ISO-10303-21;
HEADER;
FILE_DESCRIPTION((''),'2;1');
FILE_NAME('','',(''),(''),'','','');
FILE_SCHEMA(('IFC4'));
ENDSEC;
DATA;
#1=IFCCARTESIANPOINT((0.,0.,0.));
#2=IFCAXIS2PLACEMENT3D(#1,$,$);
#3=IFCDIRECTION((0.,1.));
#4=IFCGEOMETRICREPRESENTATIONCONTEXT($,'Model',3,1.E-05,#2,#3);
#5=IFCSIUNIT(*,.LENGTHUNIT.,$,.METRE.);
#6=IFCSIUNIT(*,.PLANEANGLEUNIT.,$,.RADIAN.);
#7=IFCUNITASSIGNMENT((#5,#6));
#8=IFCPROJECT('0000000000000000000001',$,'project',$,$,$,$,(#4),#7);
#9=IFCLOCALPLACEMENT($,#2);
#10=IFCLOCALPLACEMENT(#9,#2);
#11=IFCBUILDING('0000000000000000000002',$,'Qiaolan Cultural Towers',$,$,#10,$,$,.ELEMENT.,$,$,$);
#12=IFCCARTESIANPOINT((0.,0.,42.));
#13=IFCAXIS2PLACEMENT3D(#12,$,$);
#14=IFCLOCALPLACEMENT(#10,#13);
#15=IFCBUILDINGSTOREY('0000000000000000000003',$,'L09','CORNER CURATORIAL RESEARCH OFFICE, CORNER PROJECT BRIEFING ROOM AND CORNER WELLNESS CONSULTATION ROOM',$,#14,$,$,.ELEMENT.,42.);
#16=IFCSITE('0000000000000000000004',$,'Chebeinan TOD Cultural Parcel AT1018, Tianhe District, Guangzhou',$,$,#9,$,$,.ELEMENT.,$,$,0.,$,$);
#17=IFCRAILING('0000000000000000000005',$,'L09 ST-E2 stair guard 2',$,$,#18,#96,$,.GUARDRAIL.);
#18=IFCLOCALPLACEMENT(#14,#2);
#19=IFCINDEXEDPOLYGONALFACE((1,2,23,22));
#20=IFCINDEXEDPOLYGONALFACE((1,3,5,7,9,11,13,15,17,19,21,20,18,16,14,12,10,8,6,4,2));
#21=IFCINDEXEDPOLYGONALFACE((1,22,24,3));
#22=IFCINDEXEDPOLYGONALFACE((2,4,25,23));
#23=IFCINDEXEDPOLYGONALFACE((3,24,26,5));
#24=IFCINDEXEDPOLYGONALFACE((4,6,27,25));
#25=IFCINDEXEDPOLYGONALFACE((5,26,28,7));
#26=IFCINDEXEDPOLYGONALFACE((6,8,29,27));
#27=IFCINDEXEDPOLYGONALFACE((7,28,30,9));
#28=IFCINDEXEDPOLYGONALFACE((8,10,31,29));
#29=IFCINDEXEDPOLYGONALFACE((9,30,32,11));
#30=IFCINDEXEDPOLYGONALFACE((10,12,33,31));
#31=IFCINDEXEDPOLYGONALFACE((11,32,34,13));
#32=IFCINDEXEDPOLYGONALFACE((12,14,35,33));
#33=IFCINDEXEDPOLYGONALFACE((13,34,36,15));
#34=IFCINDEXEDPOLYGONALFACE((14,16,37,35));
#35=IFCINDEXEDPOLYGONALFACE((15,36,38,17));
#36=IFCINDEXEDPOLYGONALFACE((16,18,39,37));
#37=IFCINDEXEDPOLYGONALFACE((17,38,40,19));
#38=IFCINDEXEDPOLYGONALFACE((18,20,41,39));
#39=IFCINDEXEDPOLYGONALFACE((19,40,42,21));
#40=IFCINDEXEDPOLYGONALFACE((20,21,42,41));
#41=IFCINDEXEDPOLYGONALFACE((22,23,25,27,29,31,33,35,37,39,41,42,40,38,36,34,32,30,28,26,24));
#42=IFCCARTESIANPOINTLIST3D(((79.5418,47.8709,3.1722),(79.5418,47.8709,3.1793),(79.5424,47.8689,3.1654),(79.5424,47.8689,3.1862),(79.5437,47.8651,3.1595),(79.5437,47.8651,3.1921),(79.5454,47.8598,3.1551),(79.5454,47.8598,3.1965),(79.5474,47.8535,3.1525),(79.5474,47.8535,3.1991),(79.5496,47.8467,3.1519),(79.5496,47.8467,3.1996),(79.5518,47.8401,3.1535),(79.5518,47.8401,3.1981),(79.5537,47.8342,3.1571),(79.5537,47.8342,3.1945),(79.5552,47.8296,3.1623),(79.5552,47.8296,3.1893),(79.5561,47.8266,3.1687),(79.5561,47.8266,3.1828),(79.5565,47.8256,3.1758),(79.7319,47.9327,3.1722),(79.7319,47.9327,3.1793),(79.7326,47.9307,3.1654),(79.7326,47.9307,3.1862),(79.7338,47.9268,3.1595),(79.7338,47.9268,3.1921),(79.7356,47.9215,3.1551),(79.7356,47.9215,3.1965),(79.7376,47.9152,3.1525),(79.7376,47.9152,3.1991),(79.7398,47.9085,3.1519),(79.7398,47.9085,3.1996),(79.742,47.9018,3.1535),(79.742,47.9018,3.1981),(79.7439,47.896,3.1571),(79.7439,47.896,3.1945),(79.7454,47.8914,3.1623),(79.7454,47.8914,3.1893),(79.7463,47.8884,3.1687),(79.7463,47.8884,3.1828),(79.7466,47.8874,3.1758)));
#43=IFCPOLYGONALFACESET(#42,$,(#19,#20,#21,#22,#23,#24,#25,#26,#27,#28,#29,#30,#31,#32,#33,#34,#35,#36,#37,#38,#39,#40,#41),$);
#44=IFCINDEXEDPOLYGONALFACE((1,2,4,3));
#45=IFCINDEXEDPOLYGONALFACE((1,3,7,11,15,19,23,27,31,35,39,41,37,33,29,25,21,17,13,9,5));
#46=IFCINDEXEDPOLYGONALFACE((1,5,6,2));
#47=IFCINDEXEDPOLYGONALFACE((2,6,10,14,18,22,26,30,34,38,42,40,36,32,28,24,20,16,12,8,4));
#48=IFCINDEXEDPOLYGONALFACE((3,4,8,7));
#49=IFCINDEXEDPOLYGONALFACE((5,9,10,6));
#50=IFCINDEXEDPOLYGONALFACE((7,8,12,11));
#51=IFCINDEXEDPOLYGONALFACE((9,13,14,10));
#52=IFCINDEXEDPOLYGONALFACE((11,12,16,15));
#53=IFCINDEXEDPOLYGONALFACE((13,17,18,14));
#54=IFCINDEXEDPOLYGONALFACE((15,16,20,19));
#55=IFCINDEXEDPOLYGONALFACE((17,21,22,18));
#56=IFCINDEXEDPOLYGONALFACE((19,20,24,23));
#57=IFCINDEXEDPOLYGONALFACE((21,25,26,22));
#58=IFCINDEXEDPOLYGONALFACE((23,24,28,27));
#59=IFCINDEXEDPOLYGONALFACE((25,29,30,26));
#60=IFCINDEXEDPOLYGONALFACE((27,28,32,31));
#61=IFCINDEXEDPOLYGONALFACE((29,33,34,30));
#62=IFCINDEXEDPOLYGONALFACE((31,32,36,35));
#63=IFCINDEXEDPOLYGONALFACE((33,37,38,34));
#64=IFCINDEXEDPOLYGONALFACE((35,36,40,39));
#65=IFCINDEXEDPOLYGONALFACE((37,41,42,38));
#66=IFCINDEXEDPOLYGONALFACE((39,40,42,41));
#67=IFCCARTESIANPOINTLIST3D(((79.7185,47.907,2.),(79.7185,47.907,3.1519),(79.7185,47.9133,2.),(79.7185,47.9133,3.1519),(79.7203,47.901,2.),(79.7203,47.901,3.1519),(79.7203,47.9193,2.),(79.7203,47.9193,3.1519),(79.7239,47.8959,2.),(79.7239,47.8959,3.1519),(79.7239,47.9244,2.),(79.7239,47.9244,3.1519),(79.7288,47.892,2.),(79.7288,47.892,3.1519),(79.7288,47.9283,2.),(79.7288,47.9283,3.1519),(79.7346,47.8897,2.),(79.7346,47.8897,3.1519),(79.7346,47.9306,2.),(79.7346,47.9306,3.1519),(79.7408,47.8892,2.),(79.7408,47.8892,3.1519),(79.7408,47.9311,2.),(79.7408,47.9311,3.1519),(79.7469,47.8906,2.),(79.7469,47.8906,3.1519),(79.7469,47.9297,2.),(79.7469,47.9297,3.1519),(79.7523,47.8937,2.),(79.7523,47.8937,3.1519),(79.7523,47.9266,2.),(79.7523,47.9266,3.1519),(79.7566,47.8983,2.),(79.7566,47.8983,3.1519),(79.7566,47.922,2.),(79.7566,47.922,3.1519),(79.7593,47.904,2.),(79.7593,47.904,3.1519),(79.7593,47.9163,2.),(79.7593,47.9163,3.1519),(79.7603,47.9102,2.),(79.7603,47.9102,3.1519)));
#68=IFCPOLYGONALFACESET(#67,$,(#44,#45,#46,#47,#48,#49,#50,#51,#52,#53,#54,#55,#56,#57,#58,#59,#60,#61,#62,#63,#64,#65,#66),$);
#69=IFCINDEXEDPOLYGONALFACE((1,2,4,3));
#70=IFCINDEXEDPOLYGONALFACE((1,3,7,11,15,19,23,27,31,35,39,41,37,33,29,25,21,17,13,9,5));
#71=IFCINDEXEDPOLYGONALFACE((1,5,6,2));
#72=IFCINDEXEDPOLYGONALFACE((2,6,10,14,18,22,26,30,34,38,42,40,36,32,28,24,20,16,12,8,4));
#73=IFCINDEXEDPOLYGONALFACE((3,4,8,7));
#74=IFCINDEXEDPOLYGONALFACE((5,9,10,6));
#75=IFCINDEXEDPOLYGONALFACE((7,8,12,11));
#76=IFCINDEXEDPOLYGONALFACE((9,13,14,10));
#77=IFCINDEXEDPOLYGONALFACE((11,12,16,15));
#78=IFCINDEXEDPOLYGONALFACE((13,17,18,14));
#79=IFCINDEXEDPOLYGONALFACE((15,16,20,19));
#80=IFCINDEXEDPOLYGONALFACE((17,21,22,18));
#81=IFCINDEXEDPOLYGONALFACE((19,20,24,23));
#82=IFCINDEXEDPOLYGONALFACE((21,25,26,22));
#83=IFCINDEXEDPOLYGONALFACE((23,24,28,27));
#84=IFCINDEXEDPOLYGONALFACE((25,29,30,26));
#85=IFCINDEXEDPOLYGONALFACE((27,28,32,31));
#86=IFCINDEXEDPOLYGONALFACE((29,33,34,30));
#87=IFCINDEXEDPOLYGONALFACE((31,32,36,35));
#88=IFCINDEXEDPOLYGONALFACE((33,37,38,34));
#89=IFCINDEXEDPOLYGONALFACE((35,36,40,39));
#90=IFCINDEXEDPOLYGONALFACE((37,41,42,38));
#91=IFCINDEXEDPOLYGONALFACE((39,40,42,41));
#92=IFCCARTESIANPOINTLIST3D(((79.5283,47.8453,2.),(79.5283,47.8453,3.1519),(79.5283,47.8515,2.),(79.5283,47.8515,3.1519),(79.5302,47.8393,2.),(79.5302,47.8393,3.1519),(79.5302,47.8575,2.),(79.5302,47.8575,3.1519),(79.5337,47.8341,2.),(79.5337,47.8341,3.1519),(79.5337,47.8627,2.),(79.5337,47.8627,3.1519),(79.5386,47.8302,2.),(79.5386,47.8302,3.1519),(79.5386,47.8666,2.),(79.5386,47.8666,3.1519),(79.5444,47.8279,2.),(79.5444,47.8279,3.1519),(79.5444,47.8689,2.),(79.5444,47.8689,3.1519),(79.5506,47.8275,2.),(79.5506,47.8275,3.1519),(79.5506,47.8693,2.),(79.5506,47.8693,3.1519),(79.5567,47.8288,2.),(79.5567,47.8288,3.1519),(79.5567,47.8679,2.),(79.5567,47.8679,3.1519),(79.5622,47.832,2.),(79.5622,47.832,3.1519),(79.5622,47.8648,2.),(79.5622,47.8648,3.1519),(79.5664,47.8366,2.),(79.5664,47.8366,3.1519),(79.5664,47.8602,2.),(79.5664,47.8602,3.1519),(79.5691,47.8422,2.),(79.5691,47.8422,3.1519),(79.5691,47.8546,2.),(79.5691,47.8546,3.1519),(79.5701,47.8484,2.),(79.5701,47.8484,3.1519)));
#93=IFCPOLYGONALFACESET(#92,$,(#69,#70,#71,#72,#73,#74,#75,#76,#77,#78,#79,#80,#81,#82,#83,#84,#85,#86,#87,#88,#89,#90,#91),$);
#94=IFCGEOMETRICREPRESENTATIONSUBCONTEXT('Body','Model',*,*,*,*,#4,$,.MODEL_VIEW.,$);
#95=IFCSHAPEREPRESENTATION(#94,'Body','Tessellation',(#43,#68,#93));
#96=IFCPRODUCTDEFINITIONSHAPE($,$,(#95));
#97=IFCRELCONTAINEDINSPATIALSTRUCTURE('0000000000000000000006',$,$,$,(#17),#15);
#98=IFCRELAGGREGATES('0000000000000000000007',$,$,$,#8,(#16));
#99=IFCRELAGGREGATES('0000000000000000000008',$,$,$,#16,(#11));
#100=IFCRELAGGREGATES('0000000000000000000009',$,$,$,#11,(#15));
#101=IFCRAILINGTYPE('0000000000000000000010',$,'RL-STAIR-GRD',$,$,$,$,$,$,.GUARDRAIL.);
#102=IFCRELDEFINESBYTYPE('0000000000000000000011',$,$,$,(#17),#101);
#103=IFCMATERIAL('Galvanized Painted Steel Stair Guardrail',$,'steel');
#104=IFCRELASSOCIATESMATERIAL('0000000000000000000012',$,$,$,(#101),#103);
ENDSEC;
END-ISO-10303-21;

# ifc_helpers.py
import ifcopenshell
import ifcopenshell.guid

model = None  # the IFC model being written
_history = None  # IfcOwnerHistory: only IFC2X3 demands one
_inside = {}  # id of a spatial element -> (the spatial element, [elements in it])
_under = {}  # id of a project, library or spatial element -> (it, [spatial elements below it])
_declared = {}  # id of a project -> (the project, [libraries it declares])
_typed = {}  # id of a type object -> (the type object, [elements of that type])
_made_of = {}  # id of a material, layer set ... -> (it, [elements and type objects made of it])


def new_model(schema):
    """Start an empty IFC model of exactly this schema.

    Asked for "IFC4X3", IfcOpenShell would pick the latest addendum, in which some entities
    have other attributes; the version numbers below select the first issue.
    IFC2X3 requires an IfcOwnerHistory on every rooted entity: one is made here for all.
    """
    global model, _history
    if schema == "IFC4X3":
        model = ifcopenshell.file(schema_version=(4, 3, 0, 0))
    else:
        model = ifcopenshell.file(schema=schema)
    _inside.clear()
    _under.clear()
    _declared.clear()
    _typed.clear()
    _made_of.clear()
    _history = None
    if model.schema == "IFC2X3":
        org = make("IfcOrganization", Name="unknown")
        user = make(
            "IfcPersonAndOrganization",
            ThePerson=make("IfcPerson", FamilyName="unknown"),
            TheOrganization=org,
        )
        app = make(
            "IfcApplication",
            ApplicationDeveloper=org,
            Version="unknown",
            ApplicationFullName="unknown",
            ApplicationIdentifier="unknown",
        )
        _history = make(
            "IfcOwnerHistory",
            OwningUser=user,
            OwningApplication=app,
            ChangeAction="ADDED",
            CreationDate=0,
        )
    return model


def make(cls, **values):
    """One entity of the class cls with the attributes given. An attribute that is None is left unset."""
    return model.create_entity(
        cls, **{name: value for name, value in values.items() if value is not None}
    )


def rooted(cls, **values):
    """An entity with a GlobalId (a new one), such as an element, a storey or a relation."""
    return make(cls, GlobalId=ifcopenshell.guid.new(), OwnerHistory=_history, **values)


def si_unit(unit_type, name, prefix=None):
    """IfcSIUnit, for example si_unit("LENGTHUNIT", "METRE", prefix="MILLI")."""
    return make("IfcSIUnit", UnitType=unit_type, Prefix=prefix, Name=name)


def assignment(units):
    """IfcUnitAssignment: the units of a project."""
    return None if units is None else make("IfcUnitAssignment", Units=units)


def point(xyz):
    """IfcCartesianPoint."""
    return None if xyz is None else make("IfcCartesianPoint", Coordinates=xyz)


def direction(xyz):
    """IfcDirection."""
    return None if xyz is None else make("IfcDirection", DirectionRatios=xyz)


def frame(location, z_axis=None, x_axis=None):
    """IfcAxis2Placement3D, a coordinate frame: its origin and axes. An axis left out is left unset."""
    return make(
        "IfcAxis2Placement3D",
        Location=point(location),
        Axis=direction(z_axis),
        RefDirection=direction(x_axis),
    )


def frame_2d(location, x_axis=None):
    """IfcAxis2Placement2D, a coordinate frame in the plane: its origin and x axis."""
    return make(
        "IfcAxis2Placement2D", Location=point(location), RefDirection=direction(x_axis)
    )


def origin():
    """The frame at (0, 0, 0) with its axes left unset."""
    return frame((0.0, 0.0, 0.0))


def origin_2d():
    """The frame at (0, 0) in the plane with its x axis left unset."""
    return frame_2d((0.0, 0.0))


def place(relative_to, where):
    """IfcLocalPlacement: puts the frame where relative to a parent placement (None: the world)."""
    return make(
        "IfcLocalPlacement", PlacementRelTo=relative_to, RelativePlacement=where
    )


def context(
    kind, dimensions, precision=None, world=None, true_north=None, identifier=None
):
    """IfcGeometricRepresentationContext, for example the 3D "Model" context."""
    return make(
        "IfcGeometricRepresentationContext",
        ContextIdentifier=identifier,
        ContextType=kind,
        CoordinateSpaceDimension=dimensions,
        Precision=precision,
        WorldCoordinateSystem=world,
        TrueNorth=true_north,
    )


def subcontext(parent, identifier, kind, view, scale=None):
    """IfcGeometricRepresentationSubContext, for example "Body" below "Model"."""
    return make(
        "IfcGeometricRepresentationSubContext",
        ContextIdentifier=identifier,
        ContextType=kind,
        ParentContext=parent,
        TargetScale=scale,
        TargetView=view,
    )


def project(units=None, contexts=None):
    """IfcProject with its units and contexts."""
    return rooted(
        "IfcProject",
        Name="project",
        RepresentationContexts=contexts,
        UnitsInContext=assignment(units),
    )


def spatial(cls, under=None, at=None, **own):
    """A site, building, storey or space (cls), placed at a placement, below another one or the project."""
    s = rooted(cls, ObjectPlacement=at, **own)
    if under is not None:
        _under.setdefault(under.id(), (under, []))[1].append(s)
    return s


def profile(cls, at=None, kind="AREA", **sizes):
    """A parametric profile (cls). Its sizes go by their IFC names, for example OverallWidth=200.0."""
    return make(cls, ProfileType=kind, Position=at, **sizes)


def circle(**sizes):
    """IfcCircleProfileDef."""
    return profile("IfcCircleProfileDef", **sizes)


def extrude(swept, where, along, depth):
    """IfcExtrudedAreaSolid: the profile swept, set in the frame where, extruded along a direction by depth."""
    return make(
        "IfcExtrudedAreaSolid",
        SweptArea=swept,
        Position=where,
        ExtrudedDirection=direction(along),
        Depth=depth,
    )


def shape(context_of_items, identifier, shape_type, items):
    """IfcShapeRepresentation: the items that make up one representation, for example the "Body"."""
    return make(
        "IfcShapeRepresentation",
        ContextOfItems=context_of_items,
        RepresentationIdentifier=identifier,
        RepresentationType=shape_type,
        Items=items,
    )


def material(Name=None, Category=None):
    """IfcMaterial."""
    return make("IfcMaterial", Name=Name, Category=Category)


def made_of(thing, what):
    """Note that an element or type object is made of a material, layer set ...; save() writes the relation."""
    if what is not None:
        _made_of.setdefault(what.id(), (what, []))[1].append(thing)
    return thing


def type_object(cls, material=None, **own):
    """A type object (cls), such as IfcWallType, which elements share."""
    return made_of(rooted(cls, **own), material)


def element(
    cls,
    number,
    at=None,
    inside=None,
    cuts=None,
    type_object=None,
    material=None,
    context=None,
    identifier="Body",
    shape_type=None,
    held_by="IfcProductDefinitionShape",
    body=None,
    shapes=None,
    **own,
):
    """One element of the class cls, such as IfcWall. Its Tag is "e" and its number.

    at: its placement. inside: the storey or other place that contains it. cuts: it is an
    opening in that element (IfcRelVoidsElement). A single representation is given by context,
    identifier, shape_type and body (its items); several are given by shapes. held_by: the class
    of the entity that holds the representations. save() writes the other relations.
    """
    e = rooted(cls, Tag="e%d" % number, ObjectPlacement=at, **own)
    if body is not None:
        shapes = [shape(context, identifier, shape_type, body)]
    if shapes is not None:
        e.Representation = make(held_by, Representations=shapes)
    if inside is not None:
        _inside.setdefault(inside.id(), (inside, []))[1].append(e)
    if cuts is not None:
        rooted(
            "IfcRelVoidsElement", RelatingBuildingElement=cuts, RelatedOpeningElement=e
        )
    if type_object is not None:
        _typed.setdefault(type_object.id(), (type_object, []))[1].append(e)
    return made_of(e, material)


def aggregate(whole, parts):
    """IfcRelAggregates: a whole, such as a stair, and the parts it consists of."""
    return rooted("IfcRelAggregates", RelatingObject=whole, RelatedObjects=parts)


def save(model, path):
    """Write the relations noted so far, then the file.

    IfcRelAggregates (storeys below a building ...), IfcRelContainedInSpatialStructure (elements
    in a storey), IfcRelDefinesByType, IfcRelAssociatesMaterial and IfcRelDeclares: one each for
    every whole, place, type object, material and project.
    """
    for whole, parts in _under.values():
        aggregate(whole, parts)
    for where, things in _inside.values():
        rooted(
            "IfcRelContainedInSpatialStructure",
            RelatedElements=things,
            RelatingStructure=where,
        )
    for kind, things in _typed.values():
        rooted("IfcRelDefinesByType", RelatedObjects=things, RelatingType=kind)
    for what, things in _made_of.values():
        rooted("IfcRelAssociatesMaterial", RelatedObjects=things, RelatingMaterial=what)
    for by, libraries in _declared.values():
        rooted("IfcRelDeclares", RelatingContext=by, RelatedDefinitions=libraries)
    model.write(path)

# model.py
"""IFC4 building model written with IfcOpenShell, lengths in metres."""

from ifc_helpers import new_model, si_unit, direction, frame, origin, origin_2d, place, context, subcontext, project, spatial, circle, extrude, material, type_object, element, save


model = new_model("IFC4")

# Units and contexts
model_context = context("Model", 3, precision=1e-05, world=origin(), true_north=direction((0.0, 1.0)))
body_context = subcontext(model_context, "Body", "Model", "MODEL_VIEW")
ifc_project = project(units=[si_unit("LENGTHUNIT", "METRE"), si_unit("PLANEANGLEUNIT", "RADIAN")], contexts=[model_context])

# Site, building, storey
site_placement = place(None, origin())
site = spatial("IfcSite", under=ifc_project, at=site_placement, Name="Chebeinan TOD Cultural Parcel AT1018, Tianhe District, Guangzhou", CompositionType="ELEMENT", RefElevation=0.0)
building_placement = place(site_placement, origin())
building = spatial("IfcBuilding", under=site, at=building_placement, Name="Qiaolan Cultural Towers", CompositionType="ELEMENT")
storey_placement = place(building_placement, frame((0.0, 0.0, 42.0)))
storey = spatial("IfcBuildingStorey", under=building, at=storey_placement, Name="L09", Description="CORNER CURATORIAL RESEARCH OFFICE, CORNER PROJECT BRIEFING ROOM AND CORNER WELLNESS CONSULTATION ROOM", CompositionType="ELEMENT", Elevation=42.0)

# Railing
ifc_material_1 = material(Name="Galvanized Painted Steel Stair Guardrail", Category="steel")
railing_type_1 = type_object("IfcRailingType", Name="RL-STAIR-GRD", PredefinedType="GUARDRAIL", material=ifc_material_1)
railing_1_placement = place(storey_placement, frame((79.7393, 47.9102, 2.0)))
element("IfcRailing", 1, at=railing_1_placement, inside=storey, type_object=railing_type_1, Name="L09 ST-E2 stair guard 2", PredefinedType="GUARDRAIL", context=body_context, shape_type="SweptSolid", body=[
    extrude(circle(Radius=0.0239, at=origin_2d()), frame((0.0, 0.0, 1.1758), z_axis=(-0.951097, -0.308893, 0.0), x_axis=(0.308893, -0.951097, 0.0)), (0.0, 0.0, 1.0), 0.2),
    extrude(circle(Radius=0.021, at=origin_2d()), origin(), (0.0, 0.0, 1.0), 1.1519),
    extrude(circle(Radius=0.021, at=origin_2d()), frame((-0.1902, -0.0618, 0.0)), (0.0, 0.0, 1.0), 1.1519),
])

save(model, "model.ifc")
